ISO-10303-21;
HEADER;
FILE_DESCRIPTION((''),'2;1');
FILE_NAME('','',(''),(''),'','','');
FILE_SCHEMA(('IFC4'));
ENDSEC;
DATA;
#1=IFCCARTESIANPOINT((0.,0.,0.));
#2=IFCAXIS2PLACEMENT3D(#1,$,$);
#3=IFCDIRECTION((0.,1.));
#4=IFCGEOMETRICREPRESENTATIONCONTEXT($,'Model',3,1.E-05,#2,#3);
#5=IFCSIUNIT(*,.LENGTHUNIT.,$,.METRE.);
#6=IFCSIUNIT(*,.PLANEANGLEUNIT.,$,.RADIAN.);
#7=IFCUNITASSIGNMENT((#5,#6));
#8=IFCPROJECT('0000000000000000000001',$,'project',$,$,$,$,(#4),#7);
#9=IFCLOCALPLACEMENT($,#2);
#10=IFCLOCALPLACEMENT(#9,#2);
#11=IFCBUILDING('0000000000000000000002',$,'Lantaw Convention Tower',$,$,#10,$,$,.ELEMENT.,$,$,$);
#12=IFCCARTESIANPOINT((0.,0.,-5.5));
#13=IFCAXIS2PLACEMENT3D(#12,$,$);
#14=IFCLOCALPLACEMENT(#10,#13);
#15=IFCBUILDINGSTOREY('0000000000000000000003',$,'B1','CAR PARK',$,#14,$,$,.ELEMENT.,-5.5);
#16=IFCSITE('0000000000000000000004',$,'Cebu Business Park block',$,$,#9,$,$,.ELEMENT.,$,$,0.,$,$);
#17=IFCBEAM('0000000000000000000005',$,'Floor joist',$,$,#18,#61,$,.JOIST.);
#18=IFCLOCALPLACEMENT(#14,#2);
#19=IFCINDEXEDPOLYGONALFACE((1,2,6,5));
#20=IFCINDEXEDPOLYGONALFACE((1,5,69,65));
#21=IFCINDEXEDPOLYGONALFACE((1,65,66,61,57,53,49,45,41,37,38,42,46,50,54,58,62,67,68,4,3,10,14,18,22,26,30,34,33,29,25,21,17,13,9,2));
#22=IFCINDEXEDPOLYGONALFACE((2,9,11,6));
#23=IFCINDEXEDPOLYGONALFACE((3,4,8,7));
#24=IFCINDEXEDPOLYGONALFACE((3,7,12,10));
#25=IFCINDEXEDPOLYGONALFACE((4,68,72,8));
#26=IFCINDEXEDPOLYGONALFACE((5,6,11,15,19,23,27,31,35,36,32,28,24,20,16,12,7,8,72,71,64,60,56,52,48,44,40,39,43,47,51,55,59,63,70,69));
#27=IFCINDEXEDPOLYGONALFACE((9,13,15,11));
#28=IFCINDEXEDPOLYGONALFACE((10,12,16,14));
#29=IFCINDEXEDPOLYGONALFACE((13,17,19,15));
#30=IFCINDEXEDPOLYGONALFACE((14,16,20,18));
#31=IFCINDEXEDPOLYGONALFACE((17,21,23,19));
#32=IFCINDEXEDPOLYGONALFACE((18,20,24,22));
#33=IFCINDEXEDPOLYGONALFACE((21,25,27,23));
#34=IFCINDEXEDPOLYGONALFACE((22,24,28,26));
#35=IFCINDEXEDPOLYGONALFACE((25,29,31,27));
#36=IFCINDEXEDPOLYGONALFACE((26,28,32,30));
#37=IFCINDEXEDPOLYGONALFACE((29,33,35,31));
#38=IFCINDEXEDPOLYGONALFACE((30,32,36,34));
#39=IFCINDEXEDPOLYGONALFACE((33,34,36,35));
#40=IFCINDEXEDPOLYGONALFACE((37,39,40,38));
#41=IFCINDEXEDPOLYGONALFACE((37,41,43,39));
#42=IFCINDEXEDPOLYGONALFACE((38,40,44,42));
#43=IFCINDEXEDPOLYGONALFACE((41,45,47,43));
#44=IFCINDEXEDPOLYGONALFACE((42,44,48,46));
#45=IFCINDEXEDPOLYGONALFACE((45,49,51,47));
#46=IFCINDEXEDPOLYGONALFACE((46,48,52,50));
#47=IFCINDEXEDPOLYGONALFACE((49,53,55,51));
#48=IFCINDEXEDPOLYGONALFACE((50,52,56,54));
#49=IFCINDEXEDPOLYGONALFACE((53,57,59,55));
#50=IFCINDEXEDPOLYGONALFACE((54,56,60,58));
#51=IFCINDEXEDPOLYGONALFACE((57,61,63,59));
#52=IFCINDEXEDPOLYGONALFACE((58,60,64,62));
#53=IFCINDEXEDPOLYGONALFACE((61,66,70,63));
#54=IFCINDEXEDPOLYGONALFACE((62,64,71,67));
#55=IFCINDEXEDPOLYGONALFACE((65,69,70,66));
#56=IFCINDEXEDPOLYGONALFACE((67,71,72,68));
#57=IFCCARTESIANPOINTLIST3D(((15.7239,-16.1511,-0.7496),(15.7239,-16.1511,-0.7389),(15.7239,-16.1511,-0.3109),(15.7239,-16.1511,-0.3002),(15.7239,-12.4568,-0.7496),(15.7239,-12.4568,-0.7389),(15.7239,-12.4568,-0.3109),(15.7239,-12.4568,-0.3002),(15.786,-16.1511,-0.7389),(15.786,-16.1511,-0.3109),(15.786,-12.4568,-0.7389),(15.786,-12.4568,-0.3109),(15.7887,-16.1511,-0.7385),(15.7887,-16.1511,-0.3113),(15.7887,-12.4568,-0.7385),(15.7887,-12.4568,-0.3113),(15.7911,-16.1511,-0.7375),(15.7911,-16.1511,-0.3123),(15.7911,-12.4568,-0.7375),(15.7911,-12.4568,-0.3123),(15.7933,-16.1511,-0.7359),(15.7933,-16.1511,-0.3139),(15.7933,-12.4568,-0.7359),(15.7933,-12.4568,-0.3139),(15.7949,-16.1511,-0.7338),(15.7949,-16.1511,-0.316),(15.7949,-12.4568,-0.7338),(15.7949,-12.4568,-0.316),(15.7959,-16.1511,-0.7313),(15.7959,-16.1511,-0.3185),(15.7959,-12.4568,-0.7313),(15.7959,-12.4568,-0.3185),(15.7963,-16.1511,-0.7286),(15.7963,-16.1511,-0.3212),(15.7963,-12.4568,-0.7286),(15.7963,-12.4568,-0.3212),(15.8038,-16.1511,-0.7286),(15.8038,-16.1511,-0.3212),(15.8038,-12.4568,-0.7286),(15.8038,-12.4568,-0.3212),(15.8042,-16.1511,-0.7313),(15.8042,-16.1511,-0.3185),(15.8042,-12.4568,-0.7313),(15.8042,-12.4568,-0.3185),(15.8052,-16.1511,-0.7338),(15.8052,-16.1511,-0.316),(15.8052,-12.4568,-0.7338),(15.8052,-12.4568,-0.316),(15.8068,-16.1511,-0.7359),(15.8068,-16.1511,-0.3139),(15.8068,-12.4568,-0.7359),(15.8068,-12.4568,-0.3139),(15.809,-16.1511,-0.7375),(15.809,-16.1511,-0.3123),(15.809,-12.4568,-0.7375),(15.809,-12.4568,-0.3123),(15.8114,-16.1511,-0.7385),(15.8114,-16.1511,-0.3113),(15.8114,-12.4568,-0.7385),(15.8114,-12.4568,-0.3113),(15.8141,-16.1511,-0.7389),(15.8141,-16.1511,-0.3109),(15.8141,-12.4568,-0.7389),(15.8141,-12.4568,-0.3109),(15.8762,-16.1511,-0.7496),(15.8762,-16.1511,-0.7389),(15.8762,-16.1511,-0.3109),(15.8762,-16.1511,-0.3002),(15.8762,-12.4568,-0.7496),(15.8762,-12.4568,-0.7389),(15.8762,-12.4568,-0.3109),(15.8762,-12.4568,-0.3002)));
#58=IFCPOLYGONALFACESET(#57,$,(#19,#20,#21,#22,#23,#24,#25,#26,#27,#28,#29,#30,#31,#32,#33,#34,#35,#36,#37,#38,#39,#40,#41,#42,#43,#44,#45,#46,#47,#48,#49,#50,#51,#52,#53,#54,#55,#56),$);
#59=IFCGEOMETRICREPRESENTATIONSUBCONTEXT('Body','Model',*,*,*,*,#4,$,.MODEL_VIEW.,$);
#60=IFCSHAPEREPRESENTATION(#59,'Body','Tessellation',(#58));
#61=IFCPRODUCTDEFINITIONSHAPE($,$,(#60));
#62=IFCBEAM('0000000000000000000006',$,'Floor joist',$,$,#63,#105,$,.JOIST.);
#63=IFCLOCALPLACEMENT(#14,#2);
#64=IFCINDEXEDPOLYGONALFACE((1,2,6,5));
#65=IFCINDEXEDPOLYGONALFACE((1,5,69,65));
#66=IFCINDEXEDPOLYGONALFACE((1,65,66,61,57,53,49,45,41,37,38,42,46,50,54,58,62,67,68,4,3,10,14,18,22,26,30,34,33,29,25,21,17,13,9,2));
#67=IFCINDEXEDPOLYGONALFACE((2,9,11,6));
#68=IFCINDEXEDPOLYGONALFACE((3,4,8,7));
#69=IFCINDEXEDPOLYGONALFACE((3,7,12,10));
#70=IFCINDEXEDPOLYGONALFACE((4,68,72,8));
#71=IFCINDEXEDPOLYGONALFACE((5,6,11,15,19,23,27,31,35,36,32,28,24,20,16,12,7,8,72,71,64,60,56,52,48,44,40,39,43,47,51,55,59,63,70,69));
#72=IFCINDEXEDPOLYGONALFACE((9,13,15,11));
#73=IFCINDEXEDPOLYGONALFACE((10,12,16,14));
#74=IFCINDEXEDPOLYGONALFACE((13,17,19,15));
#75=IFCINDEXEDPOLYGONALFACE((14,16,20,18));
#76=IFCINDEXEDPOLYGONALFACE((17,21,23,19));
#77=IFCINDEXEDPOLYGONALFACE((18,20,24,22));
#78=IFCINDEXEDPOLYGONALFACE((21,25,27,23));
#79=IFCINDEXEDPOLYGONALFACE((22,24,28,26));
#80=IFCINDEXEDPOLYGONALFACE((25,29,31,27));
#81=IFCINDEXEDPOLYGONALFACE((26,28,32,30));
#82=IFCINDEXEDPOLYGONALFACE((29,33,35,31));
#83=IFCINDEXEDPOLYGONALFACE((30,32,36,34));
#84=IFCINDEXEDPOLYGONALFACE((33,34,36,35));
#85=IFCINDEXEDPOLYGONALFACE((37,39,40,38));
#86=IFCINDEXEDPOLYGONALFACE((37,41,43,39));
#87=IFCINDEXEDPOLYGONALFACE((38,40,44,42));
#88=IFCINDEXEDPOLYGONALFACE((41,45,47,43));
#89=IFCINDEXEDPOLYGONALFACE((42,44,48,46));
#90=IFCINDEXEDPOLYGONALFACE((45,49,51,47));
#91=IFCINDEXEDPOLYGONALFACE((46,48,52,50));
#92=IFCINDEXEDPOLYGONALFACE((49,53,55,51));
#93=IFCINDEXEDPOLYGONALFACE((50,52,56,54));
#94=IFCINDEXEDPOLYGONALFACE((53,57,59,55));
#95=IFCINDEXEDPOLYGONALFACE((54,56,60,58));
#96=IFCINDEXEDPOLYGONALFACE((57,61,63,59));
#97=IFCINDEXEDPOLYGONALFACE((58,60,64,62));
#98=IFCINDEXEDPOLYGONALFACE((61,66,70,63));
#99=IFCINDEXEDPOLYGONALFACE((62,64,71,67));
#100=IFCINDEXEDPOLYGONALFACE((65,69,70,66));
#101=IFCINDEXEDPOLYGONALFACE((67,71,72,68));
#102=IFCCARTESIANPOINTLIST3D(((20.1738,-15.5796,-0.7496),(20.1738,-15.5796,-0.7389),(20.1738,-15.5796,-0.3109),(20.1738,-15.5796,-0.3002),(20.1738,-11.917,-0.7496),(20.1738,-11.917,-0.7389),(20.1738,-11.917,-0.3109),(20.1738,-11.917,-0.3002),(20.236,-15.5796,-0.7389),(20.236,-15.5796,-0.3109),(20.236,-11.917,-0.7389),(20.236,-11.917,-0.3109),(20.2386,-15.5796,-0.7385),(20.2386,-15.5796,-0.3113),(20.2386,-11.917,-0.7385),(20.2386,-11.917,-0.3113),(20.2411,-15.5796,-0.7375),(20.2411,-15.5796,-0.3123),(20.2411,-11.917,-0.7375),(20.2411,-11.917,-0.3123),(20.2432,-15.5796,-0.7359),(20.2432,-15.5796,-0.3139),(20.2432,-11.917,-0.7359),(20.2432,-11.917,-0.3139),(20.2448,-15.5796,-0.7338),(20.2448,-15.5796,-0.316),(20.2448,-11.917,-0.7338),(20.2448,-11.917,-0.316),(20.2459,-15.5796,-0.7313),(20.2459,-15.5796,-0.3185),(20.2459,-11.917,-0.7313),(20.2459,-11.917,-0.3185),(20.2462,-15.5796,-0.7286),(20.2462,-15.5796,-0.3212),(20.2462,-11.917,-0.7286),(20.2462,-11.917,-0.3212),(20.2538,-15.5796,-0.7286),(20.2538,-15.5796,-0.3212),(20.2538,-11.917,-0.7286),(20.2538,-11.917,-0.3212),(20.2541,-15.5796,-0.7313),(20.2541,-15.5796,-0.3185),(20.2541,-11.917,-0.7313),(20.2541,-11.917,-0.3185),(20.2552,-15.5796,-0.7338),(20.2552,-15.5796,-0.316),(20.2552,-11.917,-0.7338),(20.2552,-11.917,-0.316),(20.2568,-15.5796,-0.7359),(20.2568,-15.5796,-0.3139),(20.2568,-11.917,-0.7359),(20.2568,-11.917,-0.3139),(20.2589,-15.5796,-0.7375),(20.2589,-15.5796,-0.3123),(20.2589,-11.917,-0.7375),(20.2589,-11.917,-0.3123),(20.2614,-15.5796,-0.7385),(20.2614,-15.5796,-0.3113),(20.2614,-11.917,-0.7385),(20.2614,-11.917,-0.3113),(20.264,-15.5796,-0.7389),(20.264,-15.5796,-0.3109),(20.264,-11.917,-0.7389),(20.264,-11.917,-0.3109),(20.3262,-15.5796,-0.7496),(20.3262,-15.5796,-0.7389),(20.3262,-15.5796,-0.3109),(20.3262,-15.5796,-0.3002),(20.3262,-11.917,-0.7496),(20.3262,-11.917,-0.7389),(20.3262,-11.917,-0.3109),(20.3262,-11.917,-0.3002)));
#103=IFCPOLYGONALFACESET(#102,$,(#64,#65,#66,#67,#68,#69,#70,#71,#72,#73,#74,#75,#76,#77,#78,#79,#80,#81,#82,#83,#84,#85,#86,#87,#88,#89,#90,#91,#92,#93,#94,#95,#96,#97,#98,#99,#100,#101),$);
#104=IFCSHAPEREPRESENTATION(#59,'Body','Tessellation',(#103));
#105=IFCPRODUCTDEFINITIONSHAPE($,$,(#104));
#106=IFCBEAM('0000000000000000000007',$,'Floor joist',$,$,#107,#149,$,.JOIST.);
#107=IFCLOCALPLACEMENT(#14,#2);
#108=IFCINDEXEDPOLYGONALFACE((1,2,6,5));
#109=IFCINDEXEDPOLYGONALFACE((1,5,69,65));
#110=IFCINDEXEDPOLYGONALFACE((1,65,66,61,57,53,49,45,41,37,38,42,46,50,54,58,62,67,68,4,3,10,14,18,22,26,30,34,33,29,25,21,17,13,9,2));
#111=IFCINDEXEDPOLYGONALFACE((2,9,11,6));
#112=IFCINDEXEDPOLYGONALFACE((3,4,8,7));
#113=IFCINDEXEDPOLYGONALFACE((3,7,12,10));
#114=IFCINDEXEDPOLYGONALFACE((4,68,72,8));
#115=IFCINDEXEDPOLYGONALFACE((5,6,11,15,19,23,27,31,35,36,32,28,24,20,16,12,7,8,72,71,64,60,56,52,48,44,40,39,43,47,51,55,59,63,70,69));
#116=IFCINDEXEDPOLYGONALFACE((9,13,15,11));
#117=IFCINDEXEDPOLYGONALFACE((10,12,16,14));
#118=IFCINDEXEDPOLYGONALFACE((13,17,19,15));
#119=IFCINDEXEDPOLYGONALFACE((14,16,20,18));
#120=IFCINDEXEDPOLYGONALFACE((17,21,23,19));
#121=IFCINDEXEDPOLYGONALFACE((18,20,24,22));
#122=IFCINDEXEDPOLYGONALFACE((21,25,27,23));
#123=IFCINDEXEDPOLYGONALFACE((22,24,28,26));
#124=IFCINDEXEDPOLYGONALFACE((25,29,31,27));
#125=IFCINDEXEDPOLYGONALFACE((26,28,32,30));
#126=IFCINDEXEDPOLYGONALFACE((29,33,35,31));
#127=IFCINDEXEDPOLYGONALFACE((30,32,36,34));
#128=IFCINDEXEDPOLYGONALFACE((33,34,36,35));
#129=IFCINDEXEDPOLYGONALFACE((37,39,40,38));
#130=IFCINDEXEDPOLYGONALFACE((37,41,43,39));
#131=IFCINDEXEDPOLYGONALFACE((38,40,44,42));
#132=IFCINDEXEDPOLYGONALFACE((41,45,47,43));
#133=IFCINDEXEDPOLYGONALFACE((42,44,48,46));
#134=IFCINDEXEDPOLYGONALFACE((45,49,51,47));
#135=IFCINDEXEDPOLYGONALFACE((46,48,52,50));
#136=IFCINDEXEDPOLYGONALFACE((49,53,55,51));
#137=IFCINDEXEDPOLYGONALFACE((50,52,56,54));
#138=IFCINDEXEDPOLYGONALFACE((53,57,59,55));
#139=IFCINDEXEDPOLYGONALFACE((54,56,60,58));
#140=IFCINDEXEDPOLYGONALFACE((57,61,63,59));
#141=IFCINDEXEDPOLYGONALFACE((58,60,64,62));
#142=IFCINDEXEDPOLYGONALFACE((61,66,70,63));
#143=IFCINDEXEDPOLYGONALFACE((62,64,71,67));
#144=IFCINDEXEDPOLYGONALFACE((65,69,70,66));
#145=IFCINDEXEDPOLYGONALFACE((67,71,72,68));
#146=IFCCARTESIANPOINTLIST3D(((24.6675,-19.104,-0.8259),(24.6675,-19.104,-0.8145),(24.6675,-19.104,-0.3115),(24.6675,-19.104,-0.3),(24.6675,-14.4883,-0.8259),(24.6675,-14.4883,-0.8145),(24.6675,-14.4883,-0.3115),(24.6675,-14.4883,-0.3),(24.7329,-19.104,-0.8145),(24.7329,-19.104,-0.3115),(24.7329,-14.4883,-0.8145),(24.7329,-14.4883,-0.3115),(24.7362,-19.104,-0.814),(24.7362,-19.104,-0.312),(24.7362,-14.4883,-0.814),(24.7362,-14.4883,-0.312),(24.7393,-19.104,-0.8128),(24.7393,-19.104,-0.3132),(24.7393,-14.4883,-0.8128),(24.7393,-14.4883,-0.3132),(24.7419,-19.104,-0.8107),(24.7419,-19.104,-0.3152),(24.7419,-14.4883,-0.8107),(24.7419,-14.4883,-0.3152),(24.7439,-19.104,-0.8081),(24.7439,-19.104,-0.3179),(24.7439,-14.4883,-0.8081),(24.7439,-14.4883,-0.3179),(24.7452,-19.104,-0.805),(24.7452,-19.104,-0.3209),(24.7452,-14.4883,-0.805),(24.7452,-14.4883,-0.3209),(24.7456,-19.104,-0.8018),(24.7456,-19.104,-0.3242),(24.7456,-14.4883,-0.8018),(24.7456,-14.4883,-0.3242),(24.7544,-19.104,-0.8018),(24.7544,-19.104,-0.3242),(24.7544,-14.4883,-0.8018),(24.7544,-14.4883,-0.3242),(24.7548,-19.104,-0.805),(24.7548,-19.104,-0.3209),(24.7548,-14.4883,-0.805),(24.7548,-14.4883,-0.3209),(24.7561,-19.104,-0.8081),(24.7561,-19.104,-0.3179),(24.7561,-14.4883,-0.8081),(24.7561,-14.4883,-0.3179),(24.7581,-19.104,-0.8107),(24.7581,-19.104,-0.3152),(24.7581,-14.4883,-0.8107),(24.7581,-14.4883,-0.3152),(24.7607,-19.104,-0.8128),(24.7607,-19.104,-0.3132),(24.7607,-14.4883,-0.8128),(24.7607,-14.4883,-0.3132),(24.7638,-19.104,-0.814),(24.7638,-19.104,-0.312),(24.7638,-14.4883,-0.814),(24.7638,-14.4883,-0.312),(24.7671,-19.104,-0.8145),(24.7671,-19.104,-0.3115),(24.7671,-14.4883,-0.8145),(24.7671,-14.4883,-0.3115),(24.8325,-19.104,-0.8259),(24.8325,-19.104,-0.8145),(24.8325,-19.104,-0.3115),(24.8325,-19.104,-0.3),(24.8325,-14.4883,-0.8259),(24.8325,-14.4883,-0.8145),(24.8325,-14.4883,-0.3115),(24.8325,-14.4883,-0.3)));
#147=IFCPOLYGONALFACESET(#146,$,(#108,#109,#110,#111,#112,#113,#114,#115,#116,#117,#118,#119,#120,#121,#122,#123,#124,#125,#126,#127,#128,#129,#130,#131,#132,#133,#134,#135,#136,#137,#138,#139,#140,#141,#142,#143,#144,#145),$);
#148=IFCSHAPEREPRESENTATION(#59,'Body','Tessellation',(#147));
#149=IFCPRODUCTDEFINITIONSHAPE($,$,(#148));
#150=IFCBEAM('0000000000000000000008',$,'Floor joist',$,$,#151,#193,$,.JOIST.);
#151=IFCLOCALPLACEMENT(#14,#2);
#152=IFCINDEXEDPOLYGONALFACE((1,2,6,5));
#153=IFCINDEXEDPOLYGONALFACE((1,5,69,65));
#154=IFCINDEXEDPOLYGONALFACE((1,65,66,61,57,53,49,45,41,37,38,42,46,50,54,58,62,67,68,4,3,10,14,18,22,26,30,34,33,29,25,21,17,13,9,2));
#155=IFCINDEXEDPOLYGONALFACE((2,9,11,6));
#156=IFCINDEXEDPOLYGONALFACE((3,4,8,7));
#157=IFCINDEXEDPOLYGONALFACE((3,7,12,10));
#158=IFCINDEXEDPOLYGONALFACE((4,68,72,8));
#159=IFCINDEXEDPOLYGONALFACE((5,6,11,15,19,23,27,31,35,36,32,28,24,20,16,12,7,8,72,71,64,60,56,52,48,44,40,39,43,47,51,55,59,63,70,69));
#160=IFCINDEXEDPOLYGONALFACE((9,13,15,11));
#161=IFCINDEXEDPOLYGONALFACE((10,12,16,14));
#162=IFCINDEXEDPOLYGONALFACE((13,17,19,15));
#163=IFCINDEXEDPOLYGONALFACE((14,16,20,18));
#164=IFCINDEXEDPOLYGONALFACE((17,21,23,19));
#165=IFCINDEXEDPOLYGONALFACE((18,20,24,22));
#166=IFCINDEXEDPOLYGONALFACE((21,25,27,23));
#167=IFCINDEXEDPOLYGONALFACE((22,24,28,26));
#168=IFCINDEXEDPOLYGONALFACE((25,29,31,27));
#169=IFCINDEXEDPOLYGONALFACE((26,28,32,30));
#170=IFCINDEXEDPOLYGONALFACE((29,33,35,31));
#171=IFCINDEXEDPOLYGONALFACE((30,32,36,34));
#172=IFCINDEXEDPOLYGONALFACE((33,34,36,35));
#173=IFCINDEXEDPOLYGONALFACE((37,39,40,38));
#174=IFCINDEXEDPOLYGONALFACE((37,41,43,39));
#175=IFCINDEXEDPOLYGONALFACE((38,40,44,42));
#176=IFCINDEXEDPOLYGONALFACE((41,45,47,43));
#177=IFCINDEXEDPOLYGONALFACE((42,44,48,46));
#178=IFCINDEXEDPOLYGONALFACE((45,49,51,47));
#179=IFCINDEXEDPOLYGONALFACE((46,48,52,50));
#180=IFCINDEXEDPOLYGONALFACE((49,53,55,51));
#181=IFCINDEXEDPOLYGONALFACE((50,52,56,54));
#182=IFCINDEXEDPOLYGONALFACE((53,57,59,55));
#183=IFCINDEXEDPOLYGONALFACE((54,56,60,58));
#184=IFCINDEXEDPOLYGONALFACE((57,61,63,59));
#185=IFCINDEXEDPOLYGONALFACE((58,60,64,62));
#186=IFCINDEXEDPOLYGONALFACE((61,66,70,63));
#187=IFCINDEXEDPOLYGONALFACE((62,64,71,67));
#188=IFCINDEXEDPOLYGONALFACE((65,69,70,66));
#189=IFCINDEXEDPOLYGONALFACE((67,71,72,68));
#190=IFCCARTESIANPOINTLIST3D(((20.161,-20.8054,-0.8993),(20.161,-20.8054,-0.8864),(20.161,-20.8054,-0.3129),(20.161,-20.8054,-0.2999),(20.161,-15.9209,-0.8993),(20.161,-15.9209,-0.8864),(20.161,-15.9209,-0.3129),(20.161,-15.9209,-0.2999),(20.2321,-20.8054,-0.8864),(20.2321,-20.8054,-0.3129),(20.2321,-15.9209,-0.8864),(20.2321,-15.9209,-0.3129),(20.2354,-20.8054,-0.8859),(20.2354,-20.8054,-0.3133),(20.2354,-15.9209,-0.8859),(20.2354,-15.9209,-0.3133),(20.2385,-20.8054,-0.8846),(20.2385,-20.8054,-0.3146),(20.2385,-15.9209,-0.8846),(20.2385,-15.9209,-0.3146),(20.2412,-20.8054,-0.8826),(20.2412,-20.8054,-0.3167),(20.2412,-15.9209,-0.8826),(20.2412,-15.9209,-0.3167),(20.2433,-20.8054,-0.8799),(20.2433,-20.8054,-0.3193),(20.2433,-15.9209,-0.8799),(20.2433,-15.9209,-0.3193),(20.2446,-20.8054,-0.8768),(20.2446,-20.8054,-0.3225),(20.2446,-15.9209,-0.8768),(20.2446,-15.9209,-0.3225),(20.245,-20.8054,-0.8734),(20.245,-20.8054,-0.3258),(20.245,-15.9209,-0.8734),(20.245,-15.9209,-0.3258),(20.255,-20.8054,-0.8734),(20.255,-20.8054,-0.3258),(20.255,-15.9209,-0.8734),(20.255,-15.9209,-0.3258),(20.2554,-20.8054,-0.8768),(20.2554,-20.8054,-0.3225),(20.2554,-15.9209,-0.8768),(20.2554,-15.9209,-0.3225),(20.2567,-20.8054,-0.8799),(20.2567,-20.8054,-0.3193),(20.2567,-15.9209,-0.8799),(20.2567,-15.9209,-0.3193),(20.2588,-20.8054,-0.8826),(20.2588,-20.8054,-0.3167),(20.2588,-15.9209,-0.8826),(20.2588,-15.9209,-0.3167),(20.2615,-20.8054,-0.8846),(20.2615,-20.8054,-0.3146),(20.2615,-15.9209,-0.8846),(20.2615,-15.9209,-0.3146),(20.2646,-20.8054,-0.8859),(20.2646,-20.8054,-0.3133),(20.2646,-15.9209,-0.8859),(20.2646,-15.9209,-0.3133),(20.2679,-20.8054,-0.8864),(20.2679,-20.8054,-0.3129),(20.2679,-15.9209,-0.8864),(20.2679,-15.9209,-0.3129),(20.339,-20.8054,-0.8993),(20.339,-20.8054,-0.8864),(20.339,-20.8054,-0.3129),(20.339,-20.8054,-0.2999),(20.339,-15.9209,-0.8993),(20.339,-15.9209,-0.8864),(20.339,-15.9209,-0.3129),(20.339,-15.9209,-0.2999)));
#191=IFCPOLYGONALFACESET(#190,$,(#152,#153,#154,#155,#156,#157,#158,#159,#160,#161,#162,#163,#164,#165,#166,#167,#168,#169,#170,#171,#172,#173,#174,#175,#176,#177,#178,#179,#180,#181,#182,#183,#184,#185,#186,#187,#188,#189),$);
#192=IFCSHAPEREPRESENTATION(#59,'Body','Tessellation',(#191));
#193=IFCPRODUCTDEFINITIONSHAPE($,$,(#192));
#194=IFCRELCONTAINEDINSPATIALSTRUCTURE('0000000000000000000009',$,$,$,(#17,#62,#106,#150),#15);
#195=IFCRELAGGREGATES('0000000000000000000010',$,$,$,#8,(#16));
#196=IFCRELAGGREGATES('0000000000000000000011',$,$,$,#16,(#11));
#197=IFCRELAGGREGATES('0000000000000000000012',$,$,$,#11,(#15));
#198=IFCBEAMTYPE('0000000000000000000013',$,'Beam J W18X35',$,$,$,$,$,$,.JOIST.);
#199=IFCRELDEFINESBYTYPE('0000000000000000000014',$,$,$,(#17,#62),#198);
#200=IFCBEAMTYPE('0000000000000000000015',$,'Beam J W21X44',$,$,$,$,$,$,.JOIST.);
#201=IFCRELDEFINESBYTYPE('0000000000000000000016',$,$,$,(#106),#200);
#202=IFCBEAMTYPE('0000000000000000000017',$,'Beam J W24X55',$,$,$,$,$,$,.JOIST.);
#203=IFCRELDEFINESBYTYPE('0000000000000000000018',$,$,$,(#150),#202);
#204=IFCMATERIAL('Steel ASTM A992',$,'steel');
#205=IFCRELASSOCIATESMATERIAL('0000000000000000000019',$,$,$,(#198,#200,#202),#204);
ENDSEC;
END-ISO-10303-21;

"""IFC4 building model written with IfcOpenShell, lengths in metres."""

from ifc_helpers import new_model, si_unit, direction, frame, origin, origin_2d, place, context, subcontext, project, spatial, i_section, extrude, material, material_profile, profile_set, type_object, element, save


model = new_model("IFC4")

# Units and contexts
model_context = context("Model", 3, precision=1e-05, world=origin(), true_north=direction((0.0, 1.0)))
body_context = subcontext(model_context, "Body", "Model", "MODEL_VIEW")
ifc_project = project(units=[si_unit("LENGTHUNIT", "METRE"), si_unit("PLANEANGLEUNIT", "RADIAN")], contexts=[model_context])

# Site, building, storey
site_placement = place(None, origin())
site = spatial("IfcSite", under=ifc_project, at=site_placement, Name="Cebu Business Park block", CompositionType="ELEMENT", RefElevation=0.0)
building_placement = place(site_placement, origin())
building = spatial("IfcBuilding", under=site, at=building_placement, Name="Lantaw Convention Tower", CompositionType="ELEMENT")
storey_placement = place(building_placement, frame((0.0, 0.0, -5.5)))
storey = spatial("IfcBuildingStorey", under=building, at=storey_placement, Name="B1", Description="CAR PARK", CompositionType="ELEMENT", Elevation=-5.5)

# Beams
ifc_material_1 = material(Name="Steel ASTM A992", Category="steel")
ifc_material_profile_1 = material_profile(ifc_material_1, i_section(OverallWidth=0.1523, OverallDepth=0.4495, WebThickness=0.0076, FlangeThickness=0.0107, FilletRadius=0.0103, at=origin_2d()), Name="W18X35")
ifc_profile_set_1 = profile_set([ifc_material_profile_1], Name="Steel ASTM A992")
beam_type_1 = type_object("IfcBeamType", Name="Beam J W18X35", PredefinedType="JOIST", material=ifc_profile_set_1)
beam_1_placement = place(storey_placement, frame((15.8, -16.1511, -0.5249), z_axis=(0.0, 1.0, 0.0), x_axis=(-1.0, 0.0, 0.0)))
element("IfcBeam", 1, at=beam_1_placement, inside=storey, type_object=beam_type_1, Name="Floor joist", PredefinedType="JOIST", context=body_context, shape_type="SweptSolid", body=[
    extrude(i_section(OverallWidth=0.1523, OverallDepth=0.4495, WebThickness=0.0076, FlangeThickness=0.0107, FilletRadius=0.0103, at=origin_2d()), origin(), (0.0, 0.0, 1.0), 3.6943),
])
beam_2_placement = place(storey_placement, frame((20.25, -15.5796, -0.5249), z_axis=(0.0, 1.0, 0.0), x_axis=(-1.0, 0.0, 0.0)))
element("IfcBeam", 2, at=beam_2_placement, inside=storey, type_object=beam_type_1, Name="Floor joist", PredefinedType="JOIST", context=body_context, shape_type="SweptSolid", body=[
    extrude(i_section(OverallWidth=0.1523, OverallDepth=0.4495, WebThickness=0.0076, FlangeThickness=0.0107, FilletRadius=0.0103, at=origin_2d()), origin(), (0.0, 0.0, 1.0), 3.6626),
])
ifc_material_profile_2 = material_profile(ifc_material_1, i_section(OverallWidth=0.165, OverallDepth=0.5259, WebThickness=0.0088, FlangeThickness=0.0115, FilletRadius=0.0127, at=origin_2d()), Name="W21X44")
ifc_profile_set_2 = profile_set([ifc_material_profile_2], Name="Steel ASTM A992")
beam_type_2 = type_object("IfcBeamType", Name="Beam J W21X44", PredefinedType="JOIST", material=ifc_profile_set_2)
beam_3_placement = place(storey_placement, frame((24.75, -19.104, -0.563), z_axis=(0.0, 1.0, 0.0), x_axis=(-1.0, 0.0, 0.0)))
element("IfcBeam", 3, at=beam_3_placement, inside=storey, type_object=beam_type_2, Name="Floor joist", PredefinedType="JOIST", context=body_context, shape_type="SweptSolid", body=[
    extrude(i_section(OverallWidth=0.165, OverallDepth=0.5259, WebThickness=0.0088, FlangeThickness=0.0115, FilletRadius=0.0127, at=origin_2d()), origin(), (0.0, 0.0, 1.0), 4.6157),
])
ifc_material_profile_3 = material_profile(ifc_material_1, i_section(OverallWidth=0.178, OverallDepth=0.5994, WebThickness=0.01, FlangeThickness=0.0129, FilletRadius=0.0129, at=origin_2d()), Name="W24X55")
ifc_profile_set_3 = profile_set([ifc_material_profile_3], Name="Steel ASTM A992")
beam_type_3 = type_object("IfcBeamType", Name="Beam J W24X55", PredefinedType="JOIST", material=ifc_profile_set_3)
beam_4_placement = place(storey_placement, frame((20.25, -20.8054, -0.5996), z_axis=(0.0, 1.0, 0.0), x_axis=(-1.0, 0.0, 0.0)))
element("IfcBeam", 4, at=beam_4_placement, inside=storey, type_object=beam_type_3, Name="Floor joist", PredefinedType="JOIST", context=body_context, shape_type="SweptSolid", body=[
    extrude(i_section(OverallWidth=0.178, OverallDepth=0.5994, WebThickness=0.01, FlangeThickness=0.0129, FilletRadius=0.0129, at=origin_2d()), origin(), (0.0, 0.0, 1.0), 4.8845),
])

save(model, "model.ifc")
